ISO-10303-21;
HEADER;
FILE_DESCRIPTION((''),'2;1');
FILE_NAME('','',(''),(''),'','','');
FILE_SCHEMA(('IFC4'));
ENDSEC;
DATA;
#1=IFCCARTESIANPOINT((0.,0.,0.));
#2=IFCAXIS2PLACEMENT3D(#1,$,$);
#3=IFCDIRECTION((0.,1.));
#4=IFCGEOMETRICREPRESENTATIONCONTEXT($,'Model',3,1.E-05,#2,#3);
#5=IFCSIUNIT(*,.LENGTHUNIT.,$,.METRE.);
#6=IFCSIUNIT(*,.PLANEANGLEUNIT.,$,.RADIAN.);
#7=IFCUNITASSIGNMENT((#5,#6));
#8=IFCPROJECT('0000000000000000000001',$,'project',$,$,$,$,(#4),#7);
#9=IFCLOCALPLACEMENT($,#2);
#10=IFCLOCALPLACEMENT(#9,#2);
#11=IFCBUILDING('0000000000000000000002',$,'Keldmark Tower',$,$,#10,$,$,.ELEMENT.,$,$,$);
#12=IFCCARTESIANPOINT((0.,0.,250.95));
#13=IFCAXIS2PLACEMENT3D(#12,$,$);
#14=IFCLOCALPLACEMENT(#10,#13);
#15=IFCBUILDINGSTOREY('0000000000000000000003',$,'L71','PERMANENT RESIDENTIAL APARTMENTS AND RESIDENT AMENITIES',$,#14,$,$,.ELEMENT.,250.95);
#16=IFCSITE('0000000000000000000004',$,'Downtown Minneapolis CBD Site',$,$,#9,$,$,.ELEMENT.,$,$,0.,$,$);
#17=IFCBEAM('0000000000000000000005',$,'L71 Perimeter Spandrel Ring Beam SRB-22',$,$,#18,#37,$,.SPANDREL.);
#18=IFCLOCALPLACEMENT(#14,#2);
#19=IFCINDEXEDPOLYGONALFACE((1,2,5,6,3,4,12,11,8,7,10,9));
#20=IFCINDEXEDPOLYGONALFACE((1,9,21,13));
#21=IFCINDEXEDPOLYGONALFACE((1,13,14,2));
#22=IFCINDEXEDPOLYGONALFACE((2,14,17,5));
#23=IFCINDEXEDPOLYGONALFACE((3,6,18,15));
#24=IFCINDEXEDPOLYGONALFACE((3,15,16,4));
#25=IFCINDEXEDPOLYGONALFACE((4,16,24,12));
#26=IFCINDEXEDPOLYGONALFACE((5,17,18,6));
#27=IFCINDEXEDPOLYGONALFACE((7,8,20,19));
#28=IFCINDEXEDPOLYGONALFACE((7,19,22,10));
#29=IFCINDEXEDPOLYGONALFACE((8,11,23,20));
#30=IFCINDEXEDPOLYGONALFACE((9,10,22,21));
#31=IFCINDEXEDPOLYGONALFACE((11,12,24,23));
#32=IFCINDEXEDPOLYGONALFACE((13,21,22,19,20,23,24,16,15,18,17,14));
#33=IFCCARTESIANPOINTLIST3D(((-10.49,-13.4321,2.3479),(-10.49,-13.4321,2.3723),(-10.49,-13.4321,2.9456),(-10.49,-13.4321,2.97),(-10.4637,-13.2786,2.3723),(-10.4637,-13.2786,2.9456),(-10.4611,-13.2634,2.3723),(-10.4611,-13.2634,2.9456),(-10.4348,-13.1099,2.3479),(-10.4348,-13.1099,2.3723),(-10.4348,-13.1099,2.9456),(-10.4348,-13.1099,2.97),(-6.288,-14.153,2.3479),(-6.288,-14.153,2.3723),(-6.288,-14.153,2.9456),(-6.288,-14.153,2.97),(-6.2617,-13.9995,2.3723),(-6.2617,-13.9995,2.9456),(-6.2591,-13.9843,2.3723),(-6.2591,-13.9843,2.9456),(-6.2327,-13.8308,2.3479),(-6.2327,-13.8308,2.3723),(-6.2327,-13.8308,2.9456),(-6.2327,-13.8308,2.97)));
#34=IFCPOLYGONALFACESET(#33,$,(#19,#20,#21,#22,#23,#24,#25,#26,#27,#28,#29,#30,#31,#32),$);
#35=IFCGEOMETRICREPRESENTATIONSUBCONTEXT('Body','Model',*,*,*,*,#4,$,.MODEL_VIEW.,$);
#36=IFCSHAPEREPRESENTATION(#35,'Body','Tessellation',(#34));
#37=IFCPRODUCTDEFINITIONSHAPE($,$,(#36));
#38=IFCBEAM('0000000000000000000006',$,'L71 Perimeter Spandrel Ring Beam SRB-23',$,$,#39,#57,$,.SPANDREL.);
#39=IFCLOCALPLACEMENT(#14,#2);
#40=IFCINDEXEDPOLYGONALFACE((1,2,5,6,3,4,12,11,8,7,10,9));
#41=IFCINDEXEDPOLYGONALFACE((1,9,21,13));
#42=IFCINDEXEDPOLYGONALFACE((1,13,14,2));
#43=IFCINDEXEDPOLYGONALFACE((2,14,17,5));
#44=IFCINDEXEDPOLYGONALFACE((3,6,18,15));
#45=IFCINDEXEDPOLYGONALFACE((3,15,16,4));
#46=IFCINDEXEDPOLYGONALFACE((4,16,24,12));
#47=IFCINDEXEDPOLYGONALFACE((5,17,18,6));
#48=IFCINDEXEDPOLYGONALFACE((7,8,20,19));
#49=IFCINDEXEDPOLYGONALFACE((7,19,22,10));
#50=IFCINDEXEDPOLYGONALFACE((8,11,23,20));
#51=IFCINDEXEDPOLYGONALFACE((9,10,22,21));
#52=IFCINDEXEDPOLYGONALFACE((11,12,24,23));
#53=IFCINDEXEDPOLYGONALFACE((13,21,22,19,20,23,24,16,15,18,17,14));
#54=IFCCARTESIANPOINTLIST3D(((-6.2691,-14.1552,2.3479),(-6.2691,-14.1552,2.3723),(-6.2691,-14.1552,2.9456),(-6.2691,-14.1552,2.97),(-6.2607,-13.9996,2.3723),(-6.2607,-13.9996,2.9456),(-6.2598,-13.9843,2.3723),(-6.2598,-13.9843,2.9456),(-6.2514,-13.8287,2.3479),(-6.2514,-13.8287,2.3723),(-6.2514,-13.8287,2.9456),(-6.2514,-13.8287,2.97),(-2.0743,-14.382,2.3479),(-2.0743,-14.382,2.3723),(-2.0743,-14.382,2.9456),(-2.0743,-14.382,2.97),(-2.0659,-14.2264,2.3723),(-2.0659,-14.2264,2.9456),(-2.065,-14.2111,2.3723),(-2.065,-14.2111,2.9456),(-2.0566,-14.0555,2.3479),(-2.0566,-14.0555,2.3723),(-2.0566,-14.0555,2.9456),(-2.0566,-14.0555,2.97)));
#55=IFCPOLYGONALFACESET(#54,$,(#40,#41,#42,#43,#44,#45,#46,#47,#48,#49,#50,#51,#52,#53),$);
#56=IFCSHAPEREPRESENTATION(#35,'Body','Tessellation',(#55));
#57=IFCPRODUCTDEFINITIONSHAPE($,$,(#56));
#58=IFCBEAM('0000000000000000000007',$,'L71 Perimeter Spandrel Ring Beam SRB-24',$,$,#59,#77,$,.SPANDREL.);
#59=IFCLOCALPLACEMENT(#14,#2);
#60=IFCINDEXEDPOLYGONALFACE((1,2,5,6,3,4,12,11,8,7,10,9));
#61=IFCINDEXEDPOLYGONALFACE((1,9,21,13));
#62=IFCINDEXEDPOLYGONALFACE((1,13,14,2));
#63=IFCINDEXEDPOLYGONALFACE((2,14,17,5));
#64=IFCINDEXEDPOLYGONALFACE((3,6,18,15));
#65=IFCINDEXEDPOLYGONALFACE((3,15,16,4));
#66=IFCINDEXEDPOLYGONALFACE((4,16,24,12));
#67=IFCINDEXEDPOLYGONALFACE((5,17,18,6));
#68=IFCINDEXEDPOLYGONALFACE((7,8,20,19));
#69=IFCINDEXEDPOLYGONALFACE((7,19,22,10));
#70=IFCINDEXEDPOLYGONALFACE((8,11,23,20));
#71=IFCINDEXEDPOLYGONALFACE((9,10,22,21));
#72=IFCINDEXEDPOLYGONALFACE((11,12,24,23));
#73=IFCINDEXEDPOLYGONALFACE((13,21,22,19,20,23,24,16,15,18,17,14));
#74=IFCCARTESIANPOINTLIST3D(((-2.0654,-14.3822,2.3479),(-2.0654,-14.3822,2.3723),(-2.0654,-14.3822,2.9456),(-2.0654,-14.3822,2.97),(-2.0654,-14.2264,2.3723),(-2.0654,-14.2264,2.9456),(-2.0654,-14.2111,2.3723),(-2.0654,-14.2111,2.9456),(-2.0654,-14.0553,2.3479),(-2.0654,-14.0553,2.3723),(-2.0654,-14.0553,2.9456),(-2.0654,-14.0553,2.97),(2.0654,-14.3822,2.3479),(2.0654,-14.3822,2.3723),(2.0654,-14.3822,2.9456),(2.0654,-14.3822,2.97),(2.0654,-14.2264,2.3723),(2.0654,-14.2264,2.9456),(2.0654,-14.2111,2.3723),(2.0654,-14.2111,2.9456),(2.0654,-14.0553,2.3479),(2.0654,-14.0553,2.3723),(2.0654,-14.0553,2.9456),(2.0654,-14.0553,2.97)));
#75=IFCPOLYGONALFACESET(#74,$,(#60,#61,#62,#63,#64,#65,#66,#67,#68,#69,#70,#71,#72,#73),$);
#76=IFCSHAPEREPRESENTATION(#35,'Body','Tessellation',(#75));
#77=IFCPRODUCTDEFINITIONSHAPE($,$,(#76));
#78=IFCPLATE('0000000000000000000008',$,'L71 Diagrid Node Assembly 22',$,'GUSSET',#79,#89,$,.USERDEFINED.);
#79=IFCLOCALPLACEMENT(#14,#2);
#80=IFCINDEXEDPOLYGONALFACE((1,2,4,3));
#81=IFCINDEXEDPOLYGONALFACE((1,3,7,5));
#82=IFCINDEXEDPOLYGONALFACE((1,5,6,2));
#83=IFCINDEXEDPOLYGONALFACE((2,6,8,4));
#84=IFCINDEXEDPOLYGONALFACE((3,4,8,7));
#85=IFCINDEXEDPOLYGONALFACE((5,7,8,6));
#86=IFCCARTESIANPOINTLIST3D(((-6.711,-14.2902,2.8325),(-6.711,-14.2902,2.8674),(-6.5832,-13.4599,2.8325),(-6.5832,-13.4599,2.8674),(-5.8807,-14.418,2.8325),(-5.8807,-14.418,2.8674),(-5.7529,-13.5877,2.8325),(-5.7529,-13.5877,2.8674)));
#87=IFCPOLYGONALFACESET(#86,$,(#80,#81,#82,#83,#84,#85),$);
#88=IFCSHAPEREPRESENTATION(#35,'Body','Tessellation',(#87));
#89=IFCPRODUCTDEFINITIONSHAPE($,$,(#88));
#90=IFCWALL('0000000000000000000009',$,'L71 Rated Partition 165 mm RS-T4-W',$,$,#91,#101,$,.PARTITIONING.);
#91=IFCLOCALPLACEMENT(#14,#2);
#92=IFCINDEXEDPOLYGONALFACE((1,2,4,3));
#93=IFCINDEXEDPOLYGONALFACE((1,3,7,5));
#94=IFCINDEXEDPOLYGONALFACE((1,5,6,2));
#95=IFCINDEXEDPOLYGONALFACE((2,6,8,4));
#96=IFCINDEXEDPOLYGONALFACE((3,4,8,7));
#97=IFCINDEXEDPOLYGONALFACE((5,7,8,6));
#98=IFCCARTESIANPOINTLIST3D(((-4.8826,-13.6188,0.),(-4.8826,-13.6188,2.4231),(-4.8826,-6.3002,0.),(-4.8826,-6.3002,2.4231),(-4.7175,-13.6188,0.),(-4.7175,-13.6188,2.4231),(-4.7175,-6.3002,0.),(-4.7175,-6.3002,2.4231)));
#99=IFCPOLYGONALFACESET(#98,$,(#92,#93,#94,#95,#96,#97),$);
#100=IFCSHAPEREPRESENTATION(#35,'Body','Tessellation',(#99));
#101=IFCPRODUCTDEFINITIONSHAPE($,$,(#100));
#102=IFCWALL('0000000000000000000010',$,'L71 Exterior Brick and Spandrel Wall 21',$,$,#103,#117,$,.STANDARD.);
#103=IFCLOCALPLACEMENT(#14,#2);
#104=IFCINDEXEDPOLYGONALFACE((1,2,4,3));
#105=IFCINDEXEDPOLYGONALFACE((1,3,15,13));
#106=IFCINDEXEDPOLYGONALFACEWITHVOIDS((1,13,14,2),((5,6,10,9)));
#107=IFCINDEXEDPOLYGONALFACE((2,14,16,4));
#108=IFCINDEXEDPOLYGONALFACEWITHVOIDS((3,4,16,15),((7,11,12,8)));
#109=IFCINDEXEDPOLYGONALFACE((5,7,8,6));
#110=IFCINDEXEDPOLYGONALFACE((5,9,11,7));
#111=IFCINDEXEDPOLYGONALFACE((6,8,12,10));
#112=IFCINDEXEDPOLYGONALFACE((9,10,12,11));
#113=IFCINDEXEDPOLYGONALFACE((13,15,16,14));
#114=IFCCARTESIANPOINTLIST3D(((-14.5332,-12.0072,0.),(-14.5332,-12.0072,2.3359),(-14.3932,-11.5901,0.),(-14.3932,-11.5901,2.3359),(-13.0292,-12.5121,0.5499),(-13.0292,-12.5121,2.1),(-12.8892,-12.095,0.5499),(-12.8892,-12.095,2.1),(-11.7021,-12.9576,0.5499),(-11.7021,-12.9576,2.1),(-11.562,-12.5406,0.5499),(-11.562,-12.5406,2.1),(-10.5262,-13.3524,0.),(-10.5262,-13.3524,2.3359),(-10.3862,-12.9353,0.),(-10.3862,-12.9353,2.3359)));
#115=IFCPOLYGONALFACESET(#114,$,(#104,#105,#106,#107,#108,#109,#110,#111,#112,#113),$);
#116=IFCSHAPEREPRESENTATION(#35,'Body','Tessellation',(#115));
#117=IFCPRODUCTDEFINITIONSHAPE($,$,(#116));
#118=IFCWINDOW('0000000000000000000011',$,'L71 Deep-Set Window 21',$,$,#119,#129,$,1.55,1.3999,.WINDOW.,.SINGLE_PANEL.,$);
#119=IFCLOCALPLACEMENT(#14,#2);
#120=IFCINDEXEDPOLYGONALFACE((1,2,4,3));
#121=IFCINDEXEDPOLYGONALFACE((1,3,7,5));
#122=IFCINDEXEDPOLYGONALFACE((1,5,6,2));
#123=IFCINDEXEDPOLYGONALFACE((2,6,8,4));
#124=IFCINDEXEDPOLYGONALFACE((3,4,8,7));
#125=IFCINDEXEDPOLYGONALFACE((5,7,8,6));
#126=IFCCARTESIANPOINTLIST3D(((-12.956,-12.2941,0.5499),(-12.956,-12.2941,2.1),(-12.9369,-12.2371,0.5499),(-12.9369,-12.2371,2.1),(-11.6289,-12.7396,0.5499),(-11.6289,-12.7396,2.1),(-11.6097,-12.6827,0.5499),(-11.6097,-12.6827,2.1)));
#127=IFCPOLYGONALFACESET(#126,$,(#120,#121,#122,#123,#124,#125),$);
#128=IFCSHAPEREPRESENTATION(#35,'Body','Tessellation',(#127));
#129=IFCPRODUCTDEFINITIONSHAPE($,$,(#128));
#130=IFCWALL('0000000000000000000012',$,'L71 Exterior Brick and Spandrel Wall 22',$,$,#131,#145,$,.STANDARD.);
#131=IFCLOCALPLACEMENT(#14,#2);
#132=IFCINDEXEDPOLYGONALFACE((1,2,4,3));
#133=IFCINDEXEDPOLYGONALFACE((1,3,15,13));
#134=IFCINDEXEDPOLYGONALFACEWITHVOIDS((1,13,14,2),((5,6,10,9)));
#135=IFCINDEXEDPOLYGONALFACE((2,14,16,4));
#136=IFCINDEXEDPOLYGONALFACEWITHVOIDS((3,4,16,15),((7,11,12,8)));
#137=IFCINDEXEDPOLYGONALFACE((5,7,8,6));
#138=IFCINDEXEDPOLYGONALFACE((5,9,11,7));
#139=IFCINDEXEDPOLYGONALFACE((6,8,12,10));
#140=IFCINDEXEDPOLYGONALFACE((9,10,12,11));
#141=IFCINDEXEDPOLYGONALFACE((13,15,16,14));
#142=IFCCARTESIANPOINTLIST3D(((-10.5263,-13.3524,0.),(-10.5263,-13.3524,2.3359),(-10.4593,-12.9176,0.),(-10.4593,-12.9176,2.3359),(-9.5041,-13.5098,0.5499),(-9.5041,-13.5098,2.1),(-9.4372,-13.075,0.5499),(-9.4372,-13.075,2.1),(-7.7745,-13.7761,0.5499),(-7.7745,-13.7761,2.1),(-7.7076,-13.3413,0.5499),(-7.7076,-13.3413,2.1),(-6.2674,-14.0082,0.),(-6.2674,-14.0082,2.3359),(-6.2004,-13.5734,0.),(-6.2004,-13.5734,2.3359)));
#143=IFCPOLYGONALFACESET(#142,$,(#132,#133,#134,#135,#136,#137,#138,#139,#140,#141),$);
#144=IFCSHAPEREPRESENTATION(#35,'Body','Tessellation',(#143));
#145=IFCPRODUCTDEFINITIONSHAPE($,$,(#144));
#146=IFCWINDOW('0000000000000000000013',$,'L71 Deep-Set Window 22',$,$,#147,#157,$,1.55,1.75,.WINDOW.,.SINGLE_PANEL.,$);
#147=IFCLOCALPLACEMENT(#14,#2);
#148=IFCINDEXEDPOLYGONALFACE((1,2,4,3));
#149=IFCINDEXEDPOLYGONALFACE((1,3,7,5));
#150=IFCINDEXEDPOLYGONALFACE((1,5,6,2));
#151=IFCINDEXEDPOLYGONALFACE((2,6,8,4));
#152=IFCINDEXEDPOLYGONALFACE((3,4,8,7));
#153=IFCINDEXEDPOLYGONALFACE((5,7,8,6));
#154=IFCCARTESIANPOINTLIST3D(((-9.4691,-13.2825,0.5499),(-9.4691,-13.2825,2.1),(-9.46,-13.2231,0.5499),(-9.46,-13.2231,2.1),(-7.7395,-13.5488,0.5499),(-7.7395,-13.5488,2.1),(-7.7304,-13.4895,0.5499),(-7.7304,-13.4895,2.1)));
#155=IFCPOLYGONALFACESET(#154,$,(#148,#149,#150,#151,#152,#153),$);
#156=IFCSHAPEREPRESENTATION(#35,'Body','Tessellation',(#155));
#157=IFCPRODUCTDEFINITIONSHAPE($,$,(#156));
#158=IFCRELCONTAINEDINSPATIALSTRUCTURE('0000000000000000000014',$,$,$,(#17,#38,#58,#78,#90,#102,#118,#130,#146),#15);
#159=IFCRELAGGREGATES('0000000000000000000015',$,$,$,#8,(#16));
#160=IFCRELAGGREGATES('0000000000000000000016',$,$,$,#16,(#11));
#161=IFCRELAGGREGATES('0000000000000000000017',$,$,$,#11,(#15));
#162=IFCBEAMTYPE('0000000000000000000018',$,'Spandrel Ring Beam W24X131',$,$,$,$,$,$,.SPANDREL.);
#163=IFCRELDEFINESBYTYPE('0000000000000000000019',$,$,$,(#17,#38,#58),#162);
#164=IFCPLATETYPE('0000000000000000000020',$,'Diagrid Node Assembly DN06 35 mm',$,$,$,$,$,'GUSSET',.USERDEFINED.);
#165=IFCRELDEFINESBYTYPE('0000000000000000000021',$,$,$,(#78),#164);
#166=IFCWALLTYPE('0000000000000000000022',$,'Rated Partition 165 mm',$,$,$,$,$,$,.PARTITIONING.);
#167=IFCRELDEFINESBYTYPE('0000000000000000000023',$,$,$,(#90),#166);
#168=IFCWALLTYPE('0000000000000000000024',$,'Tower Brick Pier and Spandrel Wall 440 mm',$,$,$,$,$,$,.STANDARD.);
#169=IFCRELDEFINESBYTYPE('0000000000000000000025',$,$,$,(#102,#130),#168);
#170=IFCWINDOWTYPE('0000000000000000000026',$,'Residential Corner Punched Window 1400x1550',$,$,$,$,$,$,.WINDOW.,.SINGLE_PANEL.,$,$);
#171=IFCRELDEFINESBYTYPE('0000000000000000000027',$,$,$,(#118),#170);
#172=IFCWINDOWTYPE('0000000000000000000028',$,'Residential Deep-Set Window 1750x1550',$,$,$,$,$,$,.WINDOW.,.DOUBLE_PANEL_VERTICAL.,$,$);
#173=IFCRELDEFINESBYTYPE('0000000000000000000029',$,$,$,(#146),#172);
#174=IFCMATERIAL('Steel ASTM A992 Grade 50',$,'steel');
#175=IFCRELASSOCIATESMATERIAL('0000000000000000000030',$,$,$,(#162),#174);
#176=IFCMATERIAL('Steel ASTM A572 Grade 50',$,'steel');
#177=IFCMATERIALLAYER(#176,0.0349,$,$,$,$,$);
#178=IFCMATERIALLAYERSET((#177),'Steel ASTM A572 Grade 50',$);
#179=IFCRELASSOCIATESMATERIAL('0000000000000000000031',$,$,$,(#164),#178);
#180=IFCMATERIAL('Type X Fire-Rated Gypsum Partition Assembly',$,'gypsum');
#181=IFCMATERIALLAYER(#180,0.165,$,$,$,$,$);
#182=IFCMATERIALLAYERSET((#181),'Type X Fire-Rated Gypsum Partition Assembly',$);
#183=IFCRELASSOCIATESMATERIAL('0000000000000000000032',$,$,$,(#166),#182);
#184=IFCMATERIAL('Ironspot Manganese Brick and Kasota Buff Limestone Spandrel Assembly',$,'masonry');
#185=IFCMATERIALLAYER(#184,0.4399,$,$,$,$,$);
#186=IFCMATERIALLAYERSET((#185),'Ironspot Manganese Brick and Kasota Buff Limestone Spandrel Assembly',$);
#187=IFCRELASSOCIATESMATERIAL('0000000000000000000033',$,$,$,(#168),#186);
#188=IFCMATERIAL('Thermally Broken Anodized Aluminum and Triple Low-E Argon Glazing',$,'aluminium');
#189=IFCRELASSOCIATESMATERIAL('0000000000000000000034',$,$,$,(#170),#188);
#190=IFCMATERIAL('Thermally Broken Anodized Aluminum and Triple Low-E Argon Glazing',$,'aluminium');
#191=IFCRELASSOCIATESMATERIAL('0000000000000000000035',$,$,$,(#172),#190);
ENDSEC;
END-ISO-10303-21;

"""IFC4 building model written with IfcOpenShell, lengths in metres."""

from ifc_helpers import new_model, si_unit, direction, frame, frame_2d, origin, origin_2d, place, context, subcontext, project, spatial, rectangle, i_section, extrude, material, layer, layer_set, material_profile, profile_set, type_object, element, fill, save


model = new_model("IFC4")

# Units and contexts
model_context = context("Model", 3, precision=1e-05, world=origin(), true_north=direction((0.0, 1.0)))
body_context = subcontext(model_context, "Body", "Model", "MODEL_VIEW")
ifc_project = project(units=[si_unit("LENGTHUNIT", "METRE"), si_unit("PLANEANGLEUNIT", "RADIAN")], contexts=[model_context])

# Site, building, storey
site_placement = place(None, origin())
site = spatial("IfcSite", under=ifc_project, at=site_placement, Name="Downtown Minneapolis CBD Site", CompositionType="ELEMENT", RefElevation=0.0)
building_placement = place(site_placement, origin())
building = spatial("IfcBuilding", under=site, at=building_placement, Name="Keldmark Tower", CompositionType="ELEMENT")
storey_placement = place(building_placement, frame((0.0, 0.0, 250.95)))
storey = spatial("IfcBuildingStorey", under=building, at=storey_placement, Name="L71", Description="PERMANENT RESIDENTIAL APARTMENTS AND RESIDENT AMENITIES", CompositionType="ELEMENT", Elevation=250.95)

# Beams
ifc_material_1 = material(Name="Steel ASTM A992 Grade 50", Category="steel")
ifc_material_profile_1 = material_profile(ifc_material_1, i_section(OverallWidth=0.3269, OverallDepth=0.6221, WebThickness=0.0154, FlangeThickness=0.0244, at=origin_2d()), Name="W24X131")
ifc_profile_set_1 = profile_set([ifc_material_profile_1], Name="Steel ASTM A992 Grade 50")
beam_type_1 = type_object("IfcBeamType", Name="Spandrel Ring Beam W24X131", PredefinedType="SPANDREL", material=ifc_profile_set_1)
beam_1_placement = place(storey_placement, frame((-10.4624, -13.271, 2.6589), z_axis=(0.9856, -0.169096, 0.0), x_axis=(0.169096, 0.9856, 0.0)))
element("IfcBeam", 1, at=beam_1_placement, inside=storey, type_object=beam_type_1, Name="L71 Perimeter Spandrel Ring Beam SRB-22", PredefinedType="SPANDREL", context=body_context, shape_type="SweptSolid", body=[
    extrude(i_section(OverallWidth=0.3269, OverallDepth=0.6221, WebThickness=0.0154, FlangeThickness=0.0244, at=origin_2d()), origin(), (0.0, 0.0, 1.0), 4.2634),
])
beam_2_placement = place(storey_placement, frame((-6.2603, -13.9919, 2.6589), z_axis=(0.998542, -0.053989, 0.0), x_axis=(0.053989, 0.998542, 0.0)))
element("IfcBeam", 2, at=beam_2_placement, inside=storey, type_object=beam_type_1, Name="L71 Perimeter Spandrel Ring Beam SRB-23", PredefinedType="SPANDREL", context=body_context, shape_type="SweptSolid", body=[
    extrude(i_section(OverallWidth=0.3269, OverallDepth=0.6221, WebThickness=0.0154, FlangeThickness=0.0244, at=origin_2d()), origin(), (0.0, 0.0, 1.0), 4.2009),
])
beam_3_placement = place(storey_placement, frame((-2.0654, -14.2188, 2.6589), z_axis=(1.0, 0.0, 0.0), x_axis=(0.0, 1.0, 0.0)))
element("IfcBeam", 3, at=beam_3_placement, inside=storey, type_object=beam_type_1, Name="L71 Perimeter Spandrel Ring Beam SRB-24", PredefinedType="SPANDREL", context=body_context, shape_type="SweptSolid", body=[
    extrude(i_section(OverallWidth=0.3269, OverallDepth=0.6221, WebThickness=0.0154, FlangeThickness=0.0244, at=origin_2d()), origin(), (0.0, 0.0, 1.0), 4.1309),
])

# Plate
ifc_material_2 = material(Name="Steel ASTM A572 Grade 50", Category="steel")
ifc_layer_1 = layer(ifc_material_2, 0.0349)
ifc_layer_set_1 = layer_set([ifc_layer_1], Name="Steel ASTM A572 Grade 50")
plate_type = type_object("IfcPlateType", Name="Diagrid Node Assembly DN06 35 mm", ElementType="GUSSET", PredefinedType="USERDEFINED", material=ifc_layer_set_1)
plate_placement = place(storey_placement, frame((-6.2319, -13.939, 2.8325), z_axis=(0.0, 0.0, 1.0), x_axis=(0.988362, -0.152123, 0.0)))
element("IfcPlate", 4, at=plate_placement, inside=storey, type_object=plate_type, Name="L71 Diagrid Node Assembly 22", ObjectType="GUSSET", PredefinedType="USERDEFINED", context=body_context, shape_type="SweptSolid", body=[
    extrude(rectangle(XDim=0.8401, YDim=0.8401, at=origin_2d()), origin(), (0.0, 0.0, 1.0), 0.0349),
])

# Wall
ifc_material_3 = material(Name="Type X Fire-Rated Gypsum Partition Assembly", Category="gypsum")
ifc_layer_2 = layer(ifc_material_3, 0.165)
ifc_layer_set_2 = layer_set([ifc_layer_2], Name="Type X Fire-Rated Gypsum Partition Assembly")
wall_type_1 = type_object("IfcWallType", Name="Rated Partition 165 mm", PredefinedType="PARTITIONING", material=ifc_layer_set_2)
wall_1_placement = place(storey_placement, frame((-4.8, -13.6187, 0.0), z_axis=(0.0, 0.0, 1.0), x_axis=(0.0, 1.0, 0.0)))
element("IfcWall", 5, at=wall_1_placement, inside=storey, type_object=wall_type_1, Name="L71 Rated Partition 165 mm RS-T4-W", PredefinedType="PARTITIONING", context=body_context, shape_type="SweptSolid", body=[
    extrude(rectangle(XDim=7.3186, YDim=0.165, at=frame_2d((3.6592, 0.0))), origin(), (0.0, 0.0, 1.0), 2.4231),
])

# Walls, openings, windows
ifc_material_4 = material(Name="Ironspot Manganese Brick and Kasota Buff Limestone Spandrel Assembly", Category="masonry")
ifc_layer_3 = layer(ifc_material_4, 0.4399)
ifc_layer_set_3 = layer_set([ifc_layer_3], Name="Ironspot Manganese Brick and Kasota Buff Limestone Spandrel Assembly")
wall_type_2 = type_object("IfcWallType", Name="Tower Brick Pier and Spandrel Wall 440 mm", PredefinedType="STANDARD", material=ifc_layer_set_3)
wall_2_placement = place(storey_placement, frame((-10.4563, -13.1438, 0.0), z_axis=(0.0, 0.0, 1.0), x_axis=(-0.948005, 0.318254, 0.0)))
wall_2 = element("IfcWall", 6, at=wall_2_placement, inside=storey, type_object=wall_type_2, Name="L71 Exterior Brick and Spandrel Wall 21", PredefinedType="STANDARD", context=body_context, shape_type="SweptSolid", body=[
    extrude(rectangle(XDim=4.2268, YDim=0.4399, at=frame_2d((2.1133, 0.0))), origin(), (0.0, 0.0, 1.0), 2.3359),
])
opening_1_placement = place(wall_2_placement, frame((1.2402, 0.0, 0.55)))
opening_1 = element("IfcOpeningElement", 7, at=opening_1_placement, cuts=wall_2, PredefinedType="OPENING", context=body_context, shape_type="SweptSolid", body=[
    extrude(rectangle(XDim=1.3999, YDim=1.55, at=frame_2d((0.7, 0.7749))), frame((0.0, 0.23, 0.0), z_axis=(0.0, -1.0, 0.0), x_axis=(1.0, 0.0, 0.0)), (0.0, 0.0, 1.0), 0.46),
])
ifc_material_5 = material(Name="Thermally Broken Anodized Aluminum and Triple Low-E Argon Glazing", Category="aluminium")
window_type_1 = type_object("IfcWindowType", Name="Residential Corner Punched Window 1400x1550", PartitioningType="SINGLE_PANEL", PredefinedType="WINDOW", material=ifc_material_5)
window_1_placement = place(opening_1_placement, origin())
window_1 = element("IfcWindow", 8, at=window_1_placement, inside=storey, type_object=window_type_1, Name="L71 Deep-Set Window 21", OverallHeight=1.55, OverallWidth=1.3999, PartitioningType="SINGLE_PANEL", PredefinedType="WINDOW", context=body_context, shape_type="SweptSolid", body=[
    extrude(rectangle(XDim=1.3999, YDim=1.55, at=frame_2d((0.7, 0.7749))), frame((0.0, -0.01, 0.0), z_axis=(0.0, -1.0, 0.0), x_axis=(1.0, 0.0, 0.0)), (0.0, 0.0, 1.0), 0.0601),
])
fill(opening_1, window_1)
wall_3_placement = place(storey_placement, frame((-6.2339, -13.7908, 0.0), z_axis=(0.0, 0.0, 1.0), x_axis=(-0.988352, 0.152185, 0.0)))
wall_3 = element("IfcWall", 9, at=wall_3_placement, inside=storey, type_object=wall_type_2, Name="L71 Exterior Brick and Spandrel Wall 22", PredefinedType="STANDARD", context=body_context, shape_type="SweptSolid", body=[
    extrude(rectangle(XDim=4.3091, YDim=0.4399, at=frame_2d((2.1545, 0.0))), origin(), (0.0, 0.0, 1.0), 2.3359),
])
opening_2_placement = place(wall_3_placement, frame((1.5249, 0.0, 0.55)))
opening_2 = element("IfcOpeningElement", 10, at=opening_2_placement, cuts=wall_3, PredefinedType="OPENING", context=body_context, shape_type="SweptSolid", body=[
    extrude(rectangle(XDim=1.75, YDim=1.55, at=frame_2d((0.875, 0.7749))), frame((0.0, 0.23, 0.0), z_axis=(0.0, -1.0, 0.0), x_axis=(1.0, 0.0, 0.0)), (0.0, 0.0, 1.0), 0.46),
])
ifc_material_6 = material(Name="Thermally Broken Anodized Aluminum and Triple Low-E Argon Glazing", Category="aluminium")
window_type_2 = type_object("IfcWindowType", Name="Residential Deep-Set Window 1750x1550", PartitioningType="DOUBLE_PANEL_VERTICAL", PredefinedType="WINDOW", material=ifc_material_6)
window_2_placement = place(opening_2_placement, origin())
window_2 = element("IfcWindow", 11, at=window_2_placement, inside=storey, type_object=window_type_2, Name="L71 Deep-Set Window 22", OverallHeight=1.55, OverallWidth=1.75, PartitioningType="SINGLE_PANEL", PredefinedType="WINDOW", context=body_context, shape_type="SweptSolid", body=[
    extrude(rectangle(XDim=1.75, YDim=1.55, at=frame_2d((0.875, 0.7749))), frame((0.0, -0.01, 0.0), z_axis=(0.0, -1.0, 0.0), x_axis=(1.0, 0.0, 0.0)), (0.0, 0.0, 1.0), 0.0601),
])
fill(opening_2, window_2)

save(model, "model.ifc")
